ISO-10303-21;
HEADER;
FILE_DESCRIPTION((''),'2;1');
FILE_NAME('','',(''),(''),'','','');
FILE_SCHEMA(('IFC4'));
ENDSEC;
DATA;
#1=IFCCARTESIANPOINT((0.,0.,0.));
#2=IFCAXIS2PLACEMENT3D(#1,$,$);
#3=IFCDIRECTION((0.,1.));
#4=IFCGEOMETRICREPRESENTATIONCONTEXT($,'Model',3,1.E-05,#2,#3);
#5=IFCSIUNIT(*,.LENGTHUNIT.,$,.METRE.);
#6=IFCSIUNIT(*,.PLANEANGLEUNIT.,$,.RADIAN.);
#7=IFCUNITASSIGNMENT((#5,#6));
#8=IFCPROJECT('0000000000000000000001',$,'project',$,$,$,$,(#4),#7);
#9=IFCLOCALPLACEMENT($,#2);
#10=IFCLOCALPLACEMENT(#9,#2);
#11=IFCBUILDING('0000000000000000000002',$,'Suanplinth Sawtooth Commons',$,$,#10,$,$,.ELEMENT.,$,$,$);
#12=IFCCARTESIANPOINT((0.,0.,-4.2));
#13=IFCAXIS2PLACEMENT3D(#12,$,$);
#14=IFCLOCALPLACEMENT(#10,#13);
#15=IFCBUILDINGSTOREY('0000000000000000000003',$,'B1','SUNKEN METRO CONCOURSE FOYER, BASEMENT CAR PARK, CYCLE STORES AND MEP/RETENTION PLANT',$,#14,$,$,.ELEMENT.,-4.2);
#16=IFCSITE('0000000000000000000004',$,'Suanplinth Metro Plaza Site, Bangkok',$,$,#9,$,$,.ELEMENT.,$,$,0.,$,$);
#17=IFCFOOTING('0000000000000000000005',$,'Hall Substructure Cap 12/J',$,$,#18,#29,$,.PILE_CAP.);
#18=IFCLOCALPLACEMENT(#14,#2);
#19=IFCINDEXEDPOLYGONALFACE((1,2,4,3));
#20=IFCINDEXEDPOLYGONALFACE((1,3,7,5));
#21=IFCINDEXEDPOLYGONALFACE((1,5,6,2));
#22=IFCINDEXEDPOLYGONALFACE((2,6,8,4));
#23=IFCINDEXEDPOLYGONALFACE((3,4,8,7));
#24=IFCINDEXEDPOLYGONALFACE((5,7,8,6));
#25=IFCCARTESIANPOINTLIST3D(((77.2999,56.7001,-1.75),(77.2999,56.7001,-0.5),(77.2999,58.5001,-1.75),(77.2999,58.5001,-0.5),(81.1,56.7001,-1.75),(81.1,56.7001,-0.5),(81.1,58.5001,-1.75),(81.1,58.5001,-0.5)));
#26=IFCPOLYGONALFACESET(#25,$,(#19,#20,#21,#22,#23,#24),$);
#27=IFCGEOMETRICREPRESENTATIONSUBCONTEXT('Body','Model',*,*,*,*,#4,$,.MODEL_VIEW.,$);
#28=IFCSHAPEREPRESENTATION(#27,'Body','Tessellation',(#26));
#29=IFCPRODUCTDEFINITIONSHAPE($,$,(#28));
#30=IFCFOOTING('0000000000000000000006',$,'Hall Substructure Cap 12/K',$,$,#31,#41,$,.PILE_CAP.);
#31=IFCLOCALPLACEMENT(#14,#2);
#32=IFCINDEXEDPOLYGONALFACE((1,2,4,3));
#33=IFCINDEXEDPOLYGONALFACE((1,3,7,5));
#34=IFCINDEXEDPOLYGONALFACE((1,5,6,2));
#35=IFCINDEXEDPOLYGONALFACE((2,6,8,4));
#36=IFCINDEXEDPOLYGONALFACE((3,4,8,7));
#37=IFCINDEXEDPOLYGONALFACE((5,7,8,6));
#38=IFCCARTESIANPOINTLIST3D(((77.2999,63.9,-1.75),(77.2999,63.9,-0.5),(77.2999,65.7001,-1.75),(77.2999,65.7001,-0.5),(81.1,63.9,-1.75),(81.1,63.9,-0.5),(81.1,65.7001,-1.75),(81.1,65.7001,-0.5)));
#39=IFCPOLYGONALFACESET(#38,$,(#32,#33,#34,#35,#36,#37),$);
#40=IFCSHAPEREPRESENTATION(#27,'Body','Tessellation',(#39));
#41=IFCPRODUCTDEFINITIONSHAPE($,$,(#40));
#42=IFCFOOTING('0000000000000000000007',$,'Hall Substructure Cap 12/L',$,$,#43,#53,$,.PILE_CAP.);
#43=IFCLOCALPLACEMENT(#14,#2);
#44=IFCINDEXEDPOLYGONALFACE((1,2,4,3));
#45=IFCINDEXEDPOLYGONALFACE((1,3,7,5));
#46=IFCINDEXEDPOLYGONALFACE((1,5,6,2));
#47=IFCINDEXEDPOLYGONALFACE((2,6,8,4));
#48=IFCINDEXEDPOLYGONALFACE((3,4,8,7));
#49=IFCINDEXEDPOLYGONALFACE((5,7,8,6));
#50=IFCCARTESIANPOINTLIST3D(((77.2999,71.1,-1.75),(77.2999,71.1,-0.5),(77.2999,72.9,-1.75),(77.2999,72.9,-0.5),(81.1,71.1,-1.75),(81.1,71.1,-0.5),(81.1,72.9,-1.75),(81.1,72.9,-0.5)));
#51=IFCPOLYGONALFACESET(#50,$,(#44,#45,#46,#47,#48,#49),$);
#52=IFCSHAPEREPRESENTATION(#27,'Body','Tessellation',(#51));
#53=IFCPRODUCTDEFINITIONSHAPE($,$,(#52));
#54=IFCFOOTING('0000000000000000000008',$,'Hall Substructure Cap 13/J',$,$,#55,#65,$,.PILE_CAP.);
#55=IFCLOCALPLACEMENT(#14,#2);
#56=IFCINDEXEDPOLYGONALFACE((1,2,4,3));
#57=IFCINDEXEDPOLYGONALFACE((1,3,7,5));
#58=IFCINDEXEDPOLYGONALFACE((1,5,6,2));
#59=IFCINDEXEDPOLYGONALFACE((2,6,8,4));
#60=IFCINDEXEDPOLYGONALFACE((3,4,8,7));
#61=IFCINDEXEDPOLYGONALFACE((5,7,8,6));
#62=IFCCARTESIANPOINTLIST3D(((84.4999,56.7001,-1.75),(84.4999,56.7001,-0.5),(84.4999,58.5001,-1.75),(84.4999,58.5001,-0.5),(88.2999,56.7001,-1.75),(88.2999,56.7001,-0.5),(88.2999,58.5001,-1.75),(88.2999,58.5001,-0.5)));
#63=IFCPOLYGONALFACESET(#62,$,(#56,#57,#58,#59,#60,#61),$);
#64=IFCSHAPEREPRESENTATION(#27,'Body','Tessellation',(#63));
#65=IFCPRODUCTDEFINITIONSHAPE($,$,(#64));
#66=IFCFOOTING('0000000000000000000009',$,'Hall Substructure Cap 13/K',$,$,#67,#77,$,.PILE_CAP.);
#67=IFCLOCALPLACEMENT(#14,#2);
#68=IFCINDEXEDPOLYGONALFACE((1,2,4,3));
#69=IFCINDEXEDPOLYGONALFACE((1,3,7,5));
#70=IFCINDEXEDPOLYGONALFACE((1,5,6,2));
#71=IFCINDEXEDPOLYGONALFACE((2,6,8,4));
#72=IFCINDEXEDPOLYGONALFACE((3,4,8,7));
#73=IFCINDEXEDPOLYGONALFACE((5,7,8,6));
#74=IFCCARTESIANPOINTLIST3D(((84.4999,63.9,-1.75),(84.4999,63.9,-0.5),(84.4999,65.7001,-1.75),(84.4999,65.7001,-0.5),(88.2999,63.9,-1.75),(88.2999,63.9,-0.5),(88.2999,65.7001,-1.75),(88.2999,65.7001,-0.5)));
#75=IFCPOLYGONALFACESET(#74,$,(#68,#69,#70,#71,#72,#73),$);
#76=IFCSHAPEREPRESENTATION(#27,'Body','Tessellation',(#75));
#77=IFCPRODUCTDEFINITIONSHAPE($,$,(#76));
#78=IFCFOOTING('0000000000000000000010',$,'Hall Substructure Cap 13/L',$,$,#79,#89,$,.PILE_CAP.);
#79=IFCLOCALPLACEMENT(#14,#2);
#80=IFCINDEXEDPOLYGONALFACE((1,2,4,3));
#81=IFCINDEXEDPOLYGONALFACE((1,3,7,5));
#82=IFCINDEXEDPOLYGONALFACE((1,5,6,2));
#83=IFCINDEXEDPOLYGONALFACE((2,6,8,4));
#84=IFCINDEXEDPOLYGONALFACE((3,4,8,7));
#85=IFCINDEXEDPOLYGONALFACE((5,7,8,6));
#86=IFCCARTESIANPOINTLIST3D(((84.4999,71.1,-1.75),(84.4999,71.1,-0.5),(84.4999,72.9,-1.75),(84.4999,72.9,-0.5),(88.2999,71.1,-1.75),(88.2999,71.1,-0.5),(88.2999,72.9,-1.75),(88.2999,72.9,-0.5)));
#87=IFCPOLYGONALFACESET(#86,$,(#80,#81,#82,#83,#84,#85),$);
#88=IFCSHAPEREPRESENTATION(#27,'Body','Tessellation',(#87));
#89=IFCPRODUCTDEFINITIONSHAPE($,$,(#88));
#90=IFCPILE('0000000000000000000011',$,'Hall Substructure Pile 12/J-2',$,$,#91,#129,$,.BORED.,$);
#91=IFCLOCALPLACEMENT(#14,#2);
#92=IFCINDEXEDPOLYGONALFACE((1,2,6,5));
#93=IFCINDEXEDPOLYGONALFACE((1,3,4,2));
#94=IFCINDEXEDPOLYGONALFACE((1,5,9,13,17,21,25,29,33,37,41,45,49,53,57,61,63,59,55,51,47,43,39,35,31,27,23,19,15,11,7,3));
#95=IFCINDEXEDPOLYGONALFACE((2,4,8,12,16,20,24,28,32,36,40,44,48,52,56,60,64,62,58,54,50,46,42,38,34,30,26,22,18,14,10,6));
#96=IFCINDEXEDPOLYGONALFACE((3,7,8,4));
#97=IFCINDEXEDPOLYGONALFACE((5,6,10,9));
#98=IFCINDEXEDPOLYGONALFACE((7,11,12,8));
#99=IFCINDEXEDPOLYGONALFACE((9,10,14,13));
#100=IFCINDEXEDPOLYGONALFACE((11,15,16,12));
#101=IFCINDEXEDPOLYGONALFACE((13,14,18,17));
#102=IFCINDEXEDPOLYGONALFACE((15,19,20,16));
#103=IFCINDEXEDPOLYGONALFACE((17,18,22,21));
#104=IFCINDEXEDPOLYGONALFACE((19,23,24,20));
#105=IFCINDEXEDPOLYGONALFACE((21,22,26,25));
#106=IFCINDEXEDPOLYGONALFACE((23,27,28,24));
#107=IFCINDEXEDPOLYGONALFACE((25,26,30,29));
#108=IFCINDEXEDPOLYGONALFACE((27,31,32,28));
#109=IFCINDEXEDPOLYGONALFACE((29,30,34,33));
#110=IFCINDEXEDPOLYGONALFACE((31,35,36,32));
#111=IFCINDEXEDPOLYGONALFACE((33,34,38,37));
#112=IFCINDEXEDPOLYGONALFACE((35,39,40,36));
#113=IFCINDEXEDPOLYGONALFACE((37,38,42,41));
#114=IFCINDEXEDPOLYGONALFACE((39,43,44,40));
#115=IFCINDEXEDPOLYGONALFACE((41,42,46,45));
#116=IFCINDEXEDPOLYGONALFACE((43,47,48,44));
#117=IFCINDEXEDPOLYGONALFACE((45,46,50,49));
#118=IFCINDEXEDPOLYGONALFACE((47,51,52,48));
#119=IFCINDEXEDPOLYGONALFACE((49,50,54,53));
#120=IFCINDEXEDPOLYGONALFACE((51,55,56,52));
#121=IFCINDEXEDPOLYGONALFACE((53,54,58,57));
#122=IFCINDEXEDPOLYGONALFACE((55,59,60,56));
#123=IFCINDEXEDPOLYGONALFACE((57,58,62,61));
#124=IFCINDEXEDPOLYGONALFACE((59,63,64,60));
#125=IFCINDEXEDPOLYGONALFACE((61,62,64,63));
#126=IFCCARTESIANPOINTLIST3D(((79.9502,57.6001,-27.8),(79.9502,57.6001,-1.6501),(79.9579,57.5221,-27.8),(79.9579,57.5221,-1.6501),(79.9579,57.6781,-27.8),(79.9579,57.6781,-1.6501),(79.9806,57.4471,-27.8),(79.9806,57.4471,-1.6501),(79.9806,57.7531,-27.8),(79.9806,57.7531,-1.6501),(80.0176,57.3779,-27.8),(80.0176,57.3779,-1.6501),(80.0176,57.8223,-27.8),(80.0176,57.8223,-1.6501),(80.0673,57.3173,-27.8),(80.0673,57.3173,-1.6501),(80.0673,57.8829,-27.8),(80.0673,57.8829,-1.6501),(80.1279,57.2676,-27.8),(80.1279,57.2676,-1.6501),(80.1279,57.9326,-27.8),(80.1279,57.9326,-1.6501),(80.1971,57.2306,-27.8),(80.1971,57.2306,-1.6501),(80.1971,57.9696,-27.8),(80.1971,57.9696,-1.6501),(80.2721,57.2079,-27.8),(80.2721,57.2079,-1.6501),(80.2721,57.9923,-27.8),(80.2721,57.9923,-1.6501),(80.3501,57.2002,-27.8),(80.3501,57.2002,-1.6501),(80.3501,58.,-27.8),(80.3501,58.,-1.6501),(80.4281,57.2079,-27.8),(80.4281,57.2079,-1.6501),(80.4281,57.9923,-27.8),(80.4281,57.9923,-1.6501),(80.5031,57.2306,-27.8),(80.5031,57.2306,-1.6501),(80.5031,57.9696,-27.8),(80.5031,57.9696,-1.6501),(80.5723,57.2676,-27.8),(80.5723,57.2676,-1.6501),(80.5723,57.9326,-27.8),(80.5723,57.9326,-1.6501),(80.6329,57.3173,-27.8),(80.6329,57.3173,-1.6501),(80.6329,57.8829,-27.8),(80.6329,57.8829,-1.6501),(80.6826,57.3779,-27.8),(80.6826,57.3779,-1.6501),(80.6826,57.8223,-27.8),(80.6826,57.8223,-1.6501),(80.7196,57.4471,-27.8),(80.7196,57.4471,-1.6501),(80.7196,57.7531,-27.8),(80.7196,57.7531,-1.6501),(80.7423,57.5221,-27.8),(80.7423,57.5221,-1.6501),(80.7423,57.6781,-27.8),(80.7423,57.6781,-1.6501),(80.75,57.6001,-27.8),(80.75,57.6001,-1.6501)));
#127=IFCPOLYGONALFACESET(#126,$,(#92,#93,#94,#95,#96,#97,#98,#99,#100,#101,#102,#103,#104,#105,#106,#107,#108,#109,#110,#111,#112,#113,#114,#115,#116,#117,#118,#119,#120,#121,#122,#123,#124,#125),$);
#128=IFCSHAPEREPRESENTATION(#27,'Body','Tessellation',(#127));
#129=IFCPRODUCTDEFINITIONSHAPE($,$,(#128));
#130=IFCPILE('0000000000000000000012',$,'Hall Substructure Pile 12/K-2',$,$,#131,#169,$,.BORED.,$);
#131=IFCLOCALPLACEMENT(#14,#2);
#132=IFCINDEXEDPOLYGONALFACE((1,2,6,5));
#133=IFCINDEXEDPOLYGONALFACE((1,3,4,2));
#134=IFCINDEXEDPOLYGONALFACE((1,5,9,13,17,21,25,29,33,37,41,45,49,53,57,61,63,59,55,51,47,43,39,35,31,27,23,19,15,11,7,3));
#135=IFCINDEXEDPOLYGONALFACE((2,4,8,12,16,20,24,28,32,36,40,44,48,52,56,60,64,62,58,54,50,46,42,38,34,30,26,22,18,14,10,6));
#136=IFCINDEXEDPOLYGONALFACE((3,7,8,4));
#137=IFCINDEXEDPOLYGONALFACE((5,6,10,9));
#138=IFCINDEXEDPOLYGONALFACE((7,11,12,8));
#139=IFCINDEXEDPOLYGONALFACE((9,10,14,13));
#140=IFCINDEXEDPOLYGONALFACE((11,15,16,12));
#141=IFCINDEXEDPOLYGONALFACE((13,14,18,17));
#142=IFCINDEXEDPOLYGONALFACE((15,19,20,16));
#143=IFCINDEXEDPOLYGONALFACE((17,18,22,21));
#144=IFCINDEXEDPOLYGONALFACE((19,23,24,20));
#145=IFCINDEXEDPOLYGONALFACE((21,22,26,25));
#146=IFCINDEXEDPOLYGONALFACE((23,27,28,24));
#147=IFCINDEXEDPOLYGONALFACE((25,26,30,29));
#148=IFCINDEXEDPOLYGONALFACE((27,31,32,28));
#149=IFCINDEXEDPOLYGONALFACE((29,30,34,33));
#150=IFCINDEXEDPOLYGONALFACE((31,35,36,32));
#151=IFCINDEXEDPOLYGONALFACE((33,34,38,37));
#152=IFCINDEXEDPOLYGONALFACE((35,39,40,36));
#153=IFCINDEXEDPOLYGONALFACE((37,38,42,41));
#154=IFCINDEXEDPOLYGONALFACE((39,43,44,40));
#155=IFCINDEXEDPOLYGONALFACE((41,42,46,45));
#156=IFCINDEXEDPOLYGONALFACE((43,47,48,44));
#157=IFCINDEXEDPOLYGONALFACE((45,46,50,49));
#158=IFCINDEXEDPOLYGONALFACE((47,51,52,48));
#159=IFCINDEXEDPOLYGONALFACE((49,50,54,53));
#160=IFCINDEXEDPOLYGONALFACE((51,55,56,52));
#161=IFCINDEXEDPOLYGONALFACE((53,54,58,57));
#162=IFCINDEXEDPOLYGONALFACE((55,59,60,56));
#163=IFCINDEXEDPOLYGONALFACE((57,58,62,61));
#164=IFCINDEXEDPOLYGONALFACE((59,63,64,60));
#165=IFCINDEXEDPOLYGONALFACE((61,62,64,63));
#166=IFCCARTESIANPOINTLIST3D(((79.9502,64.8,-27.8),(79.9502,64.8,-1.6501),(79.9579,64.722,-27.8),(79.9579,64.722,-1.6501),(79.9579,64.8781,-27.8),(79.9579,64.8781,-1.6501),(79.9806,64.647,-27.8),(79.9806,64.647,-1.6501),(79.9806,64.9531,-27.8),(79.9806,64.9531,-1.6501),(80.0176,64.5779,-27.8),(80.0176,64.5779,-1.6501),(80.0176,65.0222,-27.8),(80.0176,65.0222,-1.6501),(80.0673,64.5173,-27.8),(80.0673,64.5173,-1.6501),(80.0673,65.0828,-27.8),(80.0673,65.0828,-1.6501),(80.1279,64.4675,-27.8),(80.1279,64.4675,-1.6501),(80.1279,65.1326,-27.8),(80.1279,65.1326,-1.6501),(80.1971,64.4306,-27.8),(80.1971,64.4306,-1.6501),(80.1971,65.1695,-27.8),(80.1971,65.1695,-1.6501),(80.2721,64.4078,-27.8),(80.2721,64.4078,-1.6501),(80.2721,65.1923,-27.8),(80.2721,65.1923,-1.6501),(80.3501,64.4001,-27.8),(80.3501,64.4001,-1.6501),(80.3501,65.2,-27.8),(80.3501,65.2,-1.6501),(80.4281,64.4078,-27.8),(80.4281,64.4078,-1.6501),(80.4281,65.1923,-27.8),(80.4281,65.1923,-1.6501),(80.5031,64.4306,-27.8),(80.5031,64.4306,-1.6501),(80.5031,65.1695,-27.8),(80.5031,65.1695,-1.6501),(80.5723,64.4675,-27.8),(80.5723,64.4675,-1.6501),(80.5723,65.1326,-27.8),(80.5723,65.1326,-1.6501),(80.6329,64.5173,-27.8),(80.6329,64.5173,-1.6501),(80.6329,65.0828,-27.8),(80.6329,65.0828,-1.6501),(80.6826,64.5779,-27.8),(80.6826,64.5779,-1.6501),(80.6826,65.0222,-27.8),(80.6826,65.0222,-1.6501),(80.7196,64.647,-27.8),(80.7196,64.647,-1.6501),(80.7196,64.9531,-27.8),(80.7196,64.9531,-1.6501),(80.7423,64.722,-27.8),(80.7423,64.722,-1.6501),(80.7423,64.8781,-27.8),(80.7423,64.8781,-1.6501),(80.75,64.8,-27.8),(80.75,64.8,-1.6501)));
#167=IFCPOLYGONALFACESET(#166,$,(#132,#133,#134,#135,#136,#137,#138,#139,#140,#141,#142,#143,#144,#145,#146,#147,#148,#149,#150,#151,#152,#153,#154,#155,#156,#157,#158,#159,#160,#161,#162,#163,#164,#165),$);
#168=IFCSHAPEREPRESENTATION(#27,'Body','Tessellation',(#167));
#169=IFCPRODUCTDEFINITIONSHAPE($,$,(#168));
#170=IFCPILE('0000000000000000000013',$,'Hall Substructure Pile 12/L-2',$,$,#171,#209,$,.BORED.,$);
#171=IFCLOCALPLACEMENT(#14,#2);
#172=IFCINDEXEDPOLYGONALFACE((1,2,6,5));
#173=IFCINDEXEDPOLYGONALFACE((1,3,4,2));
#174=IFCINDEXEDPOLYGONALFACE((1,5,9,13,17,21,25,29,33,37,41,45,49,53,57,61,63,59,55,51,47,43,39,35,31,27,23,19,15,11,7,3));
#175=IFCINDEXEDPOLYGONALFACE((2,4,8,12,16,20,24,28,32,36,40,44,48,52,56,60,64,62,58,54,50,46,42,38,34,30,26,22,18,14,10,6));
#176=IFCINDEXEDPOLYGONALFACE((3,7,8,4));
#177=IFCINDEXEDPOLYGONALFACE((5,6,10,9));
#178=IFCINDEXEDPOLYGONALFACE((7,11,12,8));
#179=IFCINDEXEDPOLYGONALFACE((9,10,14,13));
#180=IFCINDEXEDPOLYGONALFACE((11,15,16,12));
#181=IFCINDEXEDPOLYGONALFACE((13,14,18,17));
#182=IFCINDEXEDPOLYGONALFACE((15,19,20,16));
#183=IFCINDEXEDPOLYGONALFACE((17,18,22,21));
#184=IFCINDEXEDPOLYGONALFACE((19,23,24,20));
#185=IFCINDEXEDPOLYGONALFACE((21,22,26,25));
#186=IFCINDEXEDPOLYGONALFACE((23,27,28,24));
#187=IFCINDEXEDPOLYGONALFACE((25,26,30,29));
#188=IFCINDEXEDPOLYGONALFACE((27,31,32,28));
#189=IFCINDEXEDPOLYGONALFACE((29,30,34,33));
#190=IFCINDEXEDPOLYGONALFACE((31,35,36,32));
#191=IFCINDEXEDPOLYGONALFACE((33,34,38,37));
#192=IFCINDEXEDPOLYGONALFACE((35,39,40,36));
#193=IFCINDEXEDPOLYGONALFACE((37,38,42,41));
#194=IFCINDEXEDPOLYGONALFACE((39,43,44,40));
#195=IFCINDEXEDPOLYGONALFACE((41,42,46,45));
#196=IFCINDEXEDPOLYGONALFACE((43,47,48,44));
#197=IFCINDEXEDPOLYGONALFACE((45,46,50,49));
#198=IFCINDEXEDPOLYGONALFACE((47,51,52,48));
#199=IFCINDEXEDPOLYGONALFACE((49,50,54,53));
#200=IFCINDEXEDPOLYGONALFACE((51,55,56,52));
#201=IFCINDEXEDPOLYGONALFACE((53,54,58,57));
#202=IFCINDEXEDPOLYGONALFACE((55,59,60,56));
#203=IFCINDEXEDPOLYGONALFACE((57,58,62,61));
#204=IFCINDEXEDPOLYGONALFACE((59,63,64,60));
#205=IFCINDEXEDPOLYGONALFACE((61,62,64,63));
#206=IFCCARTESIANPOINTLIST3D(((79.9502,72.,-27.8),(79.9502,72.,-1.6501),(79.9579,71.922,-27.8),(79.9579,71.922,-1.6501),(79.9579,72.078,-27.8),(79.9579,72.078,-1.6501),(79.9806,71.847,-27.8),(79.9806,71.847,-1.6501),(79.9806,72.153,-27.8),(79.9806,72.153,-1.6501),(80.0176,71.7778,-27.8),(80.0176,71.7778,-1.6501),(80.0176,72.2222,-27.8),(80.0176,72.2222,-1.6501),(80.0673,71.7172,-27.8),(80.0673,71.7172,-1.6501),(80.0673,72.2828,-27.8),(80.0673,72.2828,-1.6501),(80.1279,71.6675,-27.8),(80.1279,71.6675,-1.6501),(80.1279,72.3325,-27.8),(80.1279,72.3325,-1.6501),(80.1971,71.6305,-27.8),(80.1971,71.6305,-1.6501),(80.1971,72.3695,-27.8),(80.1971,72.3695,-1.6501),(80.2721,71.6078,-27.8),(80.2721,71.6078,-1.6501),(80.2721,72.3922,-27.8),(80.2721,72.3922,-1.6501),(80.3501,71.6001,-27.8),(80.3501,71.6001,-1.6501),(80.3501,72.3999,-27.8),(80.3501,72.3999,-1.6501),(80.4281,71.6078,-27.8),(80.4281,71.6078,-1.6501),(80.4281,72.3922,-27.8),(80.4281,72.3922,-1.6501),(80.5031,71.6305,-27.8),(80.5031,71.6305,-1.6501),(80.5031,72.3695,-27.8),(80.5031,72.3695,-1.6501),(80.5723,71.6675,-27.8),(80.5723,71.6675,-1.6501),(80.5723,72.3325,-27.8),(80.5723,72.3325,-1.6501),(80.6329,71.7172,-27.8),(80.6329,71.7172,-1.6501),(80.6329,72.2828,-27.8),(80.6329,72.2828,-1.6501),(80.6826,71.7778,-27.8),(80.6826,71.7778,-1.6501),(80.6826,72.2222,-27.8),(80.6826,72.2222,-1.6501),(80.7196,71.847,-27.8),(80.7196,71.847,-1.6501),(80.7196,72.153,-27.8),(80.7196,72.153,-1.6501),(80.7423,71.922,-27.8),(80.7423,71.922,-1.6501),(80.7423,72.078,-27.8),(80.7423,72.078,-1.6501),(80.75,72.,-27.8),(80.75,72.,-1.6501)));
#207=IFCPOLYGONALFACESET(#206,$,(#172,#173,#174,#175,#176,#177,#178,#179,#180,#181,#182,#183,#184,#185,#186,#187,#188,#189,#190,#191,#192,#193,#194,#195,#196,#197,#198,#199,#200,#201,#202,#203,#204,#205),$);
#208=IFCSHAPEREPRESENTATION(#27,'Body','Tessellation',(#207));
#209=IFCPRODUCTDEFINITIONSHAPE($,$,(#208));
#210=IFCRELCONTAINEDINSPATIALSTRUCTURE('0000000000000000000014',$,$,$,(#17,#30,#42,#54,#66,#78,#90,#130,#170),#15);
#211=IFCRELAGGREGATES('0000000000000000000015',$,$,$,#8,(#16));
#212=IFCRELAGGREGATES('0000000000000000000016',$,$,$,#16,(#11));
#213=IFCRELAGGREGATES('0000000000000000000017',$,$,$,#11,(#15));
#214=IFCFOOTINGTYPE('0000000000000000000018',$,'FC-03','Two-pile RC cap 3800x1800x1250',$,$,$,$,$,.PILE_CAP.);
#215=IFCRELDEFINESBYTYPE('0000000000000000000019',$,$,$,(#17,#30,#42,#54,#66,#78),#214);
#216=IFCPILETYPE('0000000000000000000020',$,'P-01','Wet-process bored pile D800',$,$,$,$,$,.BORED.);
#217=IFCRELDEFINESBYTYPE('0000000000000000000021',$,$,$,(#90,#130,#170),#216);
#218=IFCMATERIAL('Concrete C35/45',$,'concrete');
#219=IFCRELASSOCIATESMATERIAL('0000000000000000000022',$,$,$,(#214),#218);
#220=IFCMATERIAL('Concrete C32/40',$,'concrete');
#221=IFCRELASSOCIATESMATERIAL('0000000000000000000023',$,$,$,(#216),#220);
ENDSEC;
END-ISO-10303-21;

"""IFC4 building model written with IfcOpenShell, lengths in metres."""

from ifc_helpers import new_model, si_unit, direction, frame, origin, origin_2d, place, context, subcontext, project, spatial, rectangle, circle, extrude, material, material_profile, profile_set, type_object, element, save


model = new_model("IFC4")

# Units and contexts
model_context = context("Model", 3, precision=1e-05, world=origin(), true_north=direction((0.0, 1.0)))
body_context = subcontext(model_context, "Body", "Model", "MODEL_VIEW")
ifc_project = project(units=[si_unit("LENGTHUNIT", "METRE"), si_unit("PLANEANGLEUNIT", "RADIAN")], contexts=[model_context])

# Site, building, storey
site_placement = place(None, origin())
site = spatial("IfcSite", under=ifc_project, at=site_placement, Name="Suanplinth Metro Plaza Site, Bangkok", CompositionType="ELEMENT", RefElevation=0.0)
building_placement = place(site_placement, origin())
building = spatial("IfcBuilding", under=site, at=building_placement, Name="Suanplinth Sawtooth Commons", CompositionType="ELEMENT")
storey_placement = place(building_placement, frame((0.0, 0.0, -4.2)))
storey = spatial("IfcBuildingStorey", under=building, at=storey_placement, Name="B1", Description="SUNKEN METRO CONCOURSE FOYER, BASEMENT CAR PARK, CYCLE STORES AND MEP/RETENTION PLANT", CompositionType="ELEMENT", Elevation=-4.2)

# Footings
ifc_material_1 = material(Name="Concrete C35/45", Category="concrete")
footing_type = type_object("IfcFootingType", Name="FC-03", Description="Two-pile RC cap 3800x1800x1250", PredefinedType="PILE_CAP", material=ifc_material_1)
for number, where, z_axis, x_axis, name in (
    (1, (79.2, 57.6001, -1.75), (0.0, 0.0, 1.0), (1.0, 0.0, 0.0), "Hall Substructure Cap 12/J"),
    (2, (79.2, 64.8, -1.75), (0.0, 0.0, 1.0), (1.0, 0.0, 0.0), "Hall Substructure Cap 12/K"),
    (3, (79.2, 72.0, -1.75), (0.0, 0.0, 1.0), (1.0, 0.0, 0.0), "Hall Substructure Cap 12/L"),
    (4, (86.3999, 57.6001, -1.75), (0.0, 0.0, 1.0), (1.0, 0.0, 0.0), "Hall Substructure Cap 13/J"),
    (5, (86.3999, 64.8, -1.75), (0.0, 0.0, 1.0), (1.0, 0.0, 0.0), "Hall Substructure Cap 13/K"),
    (6, (86.3999, 72.0, -1.75), (0.0, 0.0, 1.0), (1.0, 0.0, 0.0), "Hall Substructure Cap 13/L"),
):
    element("IfcFooting", number, at=place(storey_placement, frame(where, z_axis=z_axis, x_axis=x_axis)), inside=storey, type_object=footing_type, Name=name, PredefinedType="PILE_CAP", context=body_context, shape_type="SweptSolid", body=[
        extrude(rectangle(XDim=3.8, YDim=1.8, at=origin_2d()), origin(), (0.0, 0.0, 1.0), 1.25),
    ])

# Piles
ifc_material_2 = material(Name="Concrete C32/40", Category="concrete")
ifc_material_profile_1 = material_profile(ifc_material_2, circle(Radius=0.3999, at=origin_2d()), Name="PILE D800")
ifc_profile_set_1 = profile_set([ifc_material_profile_1], Name="Concrete C32/40")
pile_type = type_object("IfcPileType", Name="P-01", Description="Wet-process bored pile D800", PredefinedType="BORED", material=ifc_profile_set_1)
for number, where, z_axis, x_axis, name in (
    (7, (80.3501, 57.6001, -1.6501), (0.0, 0.0, -1.0), (1.0, 0.0, 0.0), "Hall Substructure Pile 12/J-2"),
    (8, (80.3501, 64.8, -1.6501), (0.0, 0.0, -1.0), (1.0, 0.0, 0.0), "Hall Substructure Pile 12/K-2"),
    (9, (80.3501, 72.0, -1.6501), (0.0, 0.0, -1.0), (1.0, 0.0, 0.0), "Hall Substructure Pile 12/L-2"),
):
    element("IfcPile", number, at=place(storey_placement, frame(where, z_axis=z_axis, x_axis=x_axis)), inside=storey, type_object=pile_type, Name=name, PredefinedType="BORED", context=body_context, shape_type="SweptSolid", body=[
        extrude(circle(Radius=0.3999, at=origin_2d()), origin(), (0.0, 0.0, 1.0), 26.1499),
    ])

save(model, "model.ifc")
